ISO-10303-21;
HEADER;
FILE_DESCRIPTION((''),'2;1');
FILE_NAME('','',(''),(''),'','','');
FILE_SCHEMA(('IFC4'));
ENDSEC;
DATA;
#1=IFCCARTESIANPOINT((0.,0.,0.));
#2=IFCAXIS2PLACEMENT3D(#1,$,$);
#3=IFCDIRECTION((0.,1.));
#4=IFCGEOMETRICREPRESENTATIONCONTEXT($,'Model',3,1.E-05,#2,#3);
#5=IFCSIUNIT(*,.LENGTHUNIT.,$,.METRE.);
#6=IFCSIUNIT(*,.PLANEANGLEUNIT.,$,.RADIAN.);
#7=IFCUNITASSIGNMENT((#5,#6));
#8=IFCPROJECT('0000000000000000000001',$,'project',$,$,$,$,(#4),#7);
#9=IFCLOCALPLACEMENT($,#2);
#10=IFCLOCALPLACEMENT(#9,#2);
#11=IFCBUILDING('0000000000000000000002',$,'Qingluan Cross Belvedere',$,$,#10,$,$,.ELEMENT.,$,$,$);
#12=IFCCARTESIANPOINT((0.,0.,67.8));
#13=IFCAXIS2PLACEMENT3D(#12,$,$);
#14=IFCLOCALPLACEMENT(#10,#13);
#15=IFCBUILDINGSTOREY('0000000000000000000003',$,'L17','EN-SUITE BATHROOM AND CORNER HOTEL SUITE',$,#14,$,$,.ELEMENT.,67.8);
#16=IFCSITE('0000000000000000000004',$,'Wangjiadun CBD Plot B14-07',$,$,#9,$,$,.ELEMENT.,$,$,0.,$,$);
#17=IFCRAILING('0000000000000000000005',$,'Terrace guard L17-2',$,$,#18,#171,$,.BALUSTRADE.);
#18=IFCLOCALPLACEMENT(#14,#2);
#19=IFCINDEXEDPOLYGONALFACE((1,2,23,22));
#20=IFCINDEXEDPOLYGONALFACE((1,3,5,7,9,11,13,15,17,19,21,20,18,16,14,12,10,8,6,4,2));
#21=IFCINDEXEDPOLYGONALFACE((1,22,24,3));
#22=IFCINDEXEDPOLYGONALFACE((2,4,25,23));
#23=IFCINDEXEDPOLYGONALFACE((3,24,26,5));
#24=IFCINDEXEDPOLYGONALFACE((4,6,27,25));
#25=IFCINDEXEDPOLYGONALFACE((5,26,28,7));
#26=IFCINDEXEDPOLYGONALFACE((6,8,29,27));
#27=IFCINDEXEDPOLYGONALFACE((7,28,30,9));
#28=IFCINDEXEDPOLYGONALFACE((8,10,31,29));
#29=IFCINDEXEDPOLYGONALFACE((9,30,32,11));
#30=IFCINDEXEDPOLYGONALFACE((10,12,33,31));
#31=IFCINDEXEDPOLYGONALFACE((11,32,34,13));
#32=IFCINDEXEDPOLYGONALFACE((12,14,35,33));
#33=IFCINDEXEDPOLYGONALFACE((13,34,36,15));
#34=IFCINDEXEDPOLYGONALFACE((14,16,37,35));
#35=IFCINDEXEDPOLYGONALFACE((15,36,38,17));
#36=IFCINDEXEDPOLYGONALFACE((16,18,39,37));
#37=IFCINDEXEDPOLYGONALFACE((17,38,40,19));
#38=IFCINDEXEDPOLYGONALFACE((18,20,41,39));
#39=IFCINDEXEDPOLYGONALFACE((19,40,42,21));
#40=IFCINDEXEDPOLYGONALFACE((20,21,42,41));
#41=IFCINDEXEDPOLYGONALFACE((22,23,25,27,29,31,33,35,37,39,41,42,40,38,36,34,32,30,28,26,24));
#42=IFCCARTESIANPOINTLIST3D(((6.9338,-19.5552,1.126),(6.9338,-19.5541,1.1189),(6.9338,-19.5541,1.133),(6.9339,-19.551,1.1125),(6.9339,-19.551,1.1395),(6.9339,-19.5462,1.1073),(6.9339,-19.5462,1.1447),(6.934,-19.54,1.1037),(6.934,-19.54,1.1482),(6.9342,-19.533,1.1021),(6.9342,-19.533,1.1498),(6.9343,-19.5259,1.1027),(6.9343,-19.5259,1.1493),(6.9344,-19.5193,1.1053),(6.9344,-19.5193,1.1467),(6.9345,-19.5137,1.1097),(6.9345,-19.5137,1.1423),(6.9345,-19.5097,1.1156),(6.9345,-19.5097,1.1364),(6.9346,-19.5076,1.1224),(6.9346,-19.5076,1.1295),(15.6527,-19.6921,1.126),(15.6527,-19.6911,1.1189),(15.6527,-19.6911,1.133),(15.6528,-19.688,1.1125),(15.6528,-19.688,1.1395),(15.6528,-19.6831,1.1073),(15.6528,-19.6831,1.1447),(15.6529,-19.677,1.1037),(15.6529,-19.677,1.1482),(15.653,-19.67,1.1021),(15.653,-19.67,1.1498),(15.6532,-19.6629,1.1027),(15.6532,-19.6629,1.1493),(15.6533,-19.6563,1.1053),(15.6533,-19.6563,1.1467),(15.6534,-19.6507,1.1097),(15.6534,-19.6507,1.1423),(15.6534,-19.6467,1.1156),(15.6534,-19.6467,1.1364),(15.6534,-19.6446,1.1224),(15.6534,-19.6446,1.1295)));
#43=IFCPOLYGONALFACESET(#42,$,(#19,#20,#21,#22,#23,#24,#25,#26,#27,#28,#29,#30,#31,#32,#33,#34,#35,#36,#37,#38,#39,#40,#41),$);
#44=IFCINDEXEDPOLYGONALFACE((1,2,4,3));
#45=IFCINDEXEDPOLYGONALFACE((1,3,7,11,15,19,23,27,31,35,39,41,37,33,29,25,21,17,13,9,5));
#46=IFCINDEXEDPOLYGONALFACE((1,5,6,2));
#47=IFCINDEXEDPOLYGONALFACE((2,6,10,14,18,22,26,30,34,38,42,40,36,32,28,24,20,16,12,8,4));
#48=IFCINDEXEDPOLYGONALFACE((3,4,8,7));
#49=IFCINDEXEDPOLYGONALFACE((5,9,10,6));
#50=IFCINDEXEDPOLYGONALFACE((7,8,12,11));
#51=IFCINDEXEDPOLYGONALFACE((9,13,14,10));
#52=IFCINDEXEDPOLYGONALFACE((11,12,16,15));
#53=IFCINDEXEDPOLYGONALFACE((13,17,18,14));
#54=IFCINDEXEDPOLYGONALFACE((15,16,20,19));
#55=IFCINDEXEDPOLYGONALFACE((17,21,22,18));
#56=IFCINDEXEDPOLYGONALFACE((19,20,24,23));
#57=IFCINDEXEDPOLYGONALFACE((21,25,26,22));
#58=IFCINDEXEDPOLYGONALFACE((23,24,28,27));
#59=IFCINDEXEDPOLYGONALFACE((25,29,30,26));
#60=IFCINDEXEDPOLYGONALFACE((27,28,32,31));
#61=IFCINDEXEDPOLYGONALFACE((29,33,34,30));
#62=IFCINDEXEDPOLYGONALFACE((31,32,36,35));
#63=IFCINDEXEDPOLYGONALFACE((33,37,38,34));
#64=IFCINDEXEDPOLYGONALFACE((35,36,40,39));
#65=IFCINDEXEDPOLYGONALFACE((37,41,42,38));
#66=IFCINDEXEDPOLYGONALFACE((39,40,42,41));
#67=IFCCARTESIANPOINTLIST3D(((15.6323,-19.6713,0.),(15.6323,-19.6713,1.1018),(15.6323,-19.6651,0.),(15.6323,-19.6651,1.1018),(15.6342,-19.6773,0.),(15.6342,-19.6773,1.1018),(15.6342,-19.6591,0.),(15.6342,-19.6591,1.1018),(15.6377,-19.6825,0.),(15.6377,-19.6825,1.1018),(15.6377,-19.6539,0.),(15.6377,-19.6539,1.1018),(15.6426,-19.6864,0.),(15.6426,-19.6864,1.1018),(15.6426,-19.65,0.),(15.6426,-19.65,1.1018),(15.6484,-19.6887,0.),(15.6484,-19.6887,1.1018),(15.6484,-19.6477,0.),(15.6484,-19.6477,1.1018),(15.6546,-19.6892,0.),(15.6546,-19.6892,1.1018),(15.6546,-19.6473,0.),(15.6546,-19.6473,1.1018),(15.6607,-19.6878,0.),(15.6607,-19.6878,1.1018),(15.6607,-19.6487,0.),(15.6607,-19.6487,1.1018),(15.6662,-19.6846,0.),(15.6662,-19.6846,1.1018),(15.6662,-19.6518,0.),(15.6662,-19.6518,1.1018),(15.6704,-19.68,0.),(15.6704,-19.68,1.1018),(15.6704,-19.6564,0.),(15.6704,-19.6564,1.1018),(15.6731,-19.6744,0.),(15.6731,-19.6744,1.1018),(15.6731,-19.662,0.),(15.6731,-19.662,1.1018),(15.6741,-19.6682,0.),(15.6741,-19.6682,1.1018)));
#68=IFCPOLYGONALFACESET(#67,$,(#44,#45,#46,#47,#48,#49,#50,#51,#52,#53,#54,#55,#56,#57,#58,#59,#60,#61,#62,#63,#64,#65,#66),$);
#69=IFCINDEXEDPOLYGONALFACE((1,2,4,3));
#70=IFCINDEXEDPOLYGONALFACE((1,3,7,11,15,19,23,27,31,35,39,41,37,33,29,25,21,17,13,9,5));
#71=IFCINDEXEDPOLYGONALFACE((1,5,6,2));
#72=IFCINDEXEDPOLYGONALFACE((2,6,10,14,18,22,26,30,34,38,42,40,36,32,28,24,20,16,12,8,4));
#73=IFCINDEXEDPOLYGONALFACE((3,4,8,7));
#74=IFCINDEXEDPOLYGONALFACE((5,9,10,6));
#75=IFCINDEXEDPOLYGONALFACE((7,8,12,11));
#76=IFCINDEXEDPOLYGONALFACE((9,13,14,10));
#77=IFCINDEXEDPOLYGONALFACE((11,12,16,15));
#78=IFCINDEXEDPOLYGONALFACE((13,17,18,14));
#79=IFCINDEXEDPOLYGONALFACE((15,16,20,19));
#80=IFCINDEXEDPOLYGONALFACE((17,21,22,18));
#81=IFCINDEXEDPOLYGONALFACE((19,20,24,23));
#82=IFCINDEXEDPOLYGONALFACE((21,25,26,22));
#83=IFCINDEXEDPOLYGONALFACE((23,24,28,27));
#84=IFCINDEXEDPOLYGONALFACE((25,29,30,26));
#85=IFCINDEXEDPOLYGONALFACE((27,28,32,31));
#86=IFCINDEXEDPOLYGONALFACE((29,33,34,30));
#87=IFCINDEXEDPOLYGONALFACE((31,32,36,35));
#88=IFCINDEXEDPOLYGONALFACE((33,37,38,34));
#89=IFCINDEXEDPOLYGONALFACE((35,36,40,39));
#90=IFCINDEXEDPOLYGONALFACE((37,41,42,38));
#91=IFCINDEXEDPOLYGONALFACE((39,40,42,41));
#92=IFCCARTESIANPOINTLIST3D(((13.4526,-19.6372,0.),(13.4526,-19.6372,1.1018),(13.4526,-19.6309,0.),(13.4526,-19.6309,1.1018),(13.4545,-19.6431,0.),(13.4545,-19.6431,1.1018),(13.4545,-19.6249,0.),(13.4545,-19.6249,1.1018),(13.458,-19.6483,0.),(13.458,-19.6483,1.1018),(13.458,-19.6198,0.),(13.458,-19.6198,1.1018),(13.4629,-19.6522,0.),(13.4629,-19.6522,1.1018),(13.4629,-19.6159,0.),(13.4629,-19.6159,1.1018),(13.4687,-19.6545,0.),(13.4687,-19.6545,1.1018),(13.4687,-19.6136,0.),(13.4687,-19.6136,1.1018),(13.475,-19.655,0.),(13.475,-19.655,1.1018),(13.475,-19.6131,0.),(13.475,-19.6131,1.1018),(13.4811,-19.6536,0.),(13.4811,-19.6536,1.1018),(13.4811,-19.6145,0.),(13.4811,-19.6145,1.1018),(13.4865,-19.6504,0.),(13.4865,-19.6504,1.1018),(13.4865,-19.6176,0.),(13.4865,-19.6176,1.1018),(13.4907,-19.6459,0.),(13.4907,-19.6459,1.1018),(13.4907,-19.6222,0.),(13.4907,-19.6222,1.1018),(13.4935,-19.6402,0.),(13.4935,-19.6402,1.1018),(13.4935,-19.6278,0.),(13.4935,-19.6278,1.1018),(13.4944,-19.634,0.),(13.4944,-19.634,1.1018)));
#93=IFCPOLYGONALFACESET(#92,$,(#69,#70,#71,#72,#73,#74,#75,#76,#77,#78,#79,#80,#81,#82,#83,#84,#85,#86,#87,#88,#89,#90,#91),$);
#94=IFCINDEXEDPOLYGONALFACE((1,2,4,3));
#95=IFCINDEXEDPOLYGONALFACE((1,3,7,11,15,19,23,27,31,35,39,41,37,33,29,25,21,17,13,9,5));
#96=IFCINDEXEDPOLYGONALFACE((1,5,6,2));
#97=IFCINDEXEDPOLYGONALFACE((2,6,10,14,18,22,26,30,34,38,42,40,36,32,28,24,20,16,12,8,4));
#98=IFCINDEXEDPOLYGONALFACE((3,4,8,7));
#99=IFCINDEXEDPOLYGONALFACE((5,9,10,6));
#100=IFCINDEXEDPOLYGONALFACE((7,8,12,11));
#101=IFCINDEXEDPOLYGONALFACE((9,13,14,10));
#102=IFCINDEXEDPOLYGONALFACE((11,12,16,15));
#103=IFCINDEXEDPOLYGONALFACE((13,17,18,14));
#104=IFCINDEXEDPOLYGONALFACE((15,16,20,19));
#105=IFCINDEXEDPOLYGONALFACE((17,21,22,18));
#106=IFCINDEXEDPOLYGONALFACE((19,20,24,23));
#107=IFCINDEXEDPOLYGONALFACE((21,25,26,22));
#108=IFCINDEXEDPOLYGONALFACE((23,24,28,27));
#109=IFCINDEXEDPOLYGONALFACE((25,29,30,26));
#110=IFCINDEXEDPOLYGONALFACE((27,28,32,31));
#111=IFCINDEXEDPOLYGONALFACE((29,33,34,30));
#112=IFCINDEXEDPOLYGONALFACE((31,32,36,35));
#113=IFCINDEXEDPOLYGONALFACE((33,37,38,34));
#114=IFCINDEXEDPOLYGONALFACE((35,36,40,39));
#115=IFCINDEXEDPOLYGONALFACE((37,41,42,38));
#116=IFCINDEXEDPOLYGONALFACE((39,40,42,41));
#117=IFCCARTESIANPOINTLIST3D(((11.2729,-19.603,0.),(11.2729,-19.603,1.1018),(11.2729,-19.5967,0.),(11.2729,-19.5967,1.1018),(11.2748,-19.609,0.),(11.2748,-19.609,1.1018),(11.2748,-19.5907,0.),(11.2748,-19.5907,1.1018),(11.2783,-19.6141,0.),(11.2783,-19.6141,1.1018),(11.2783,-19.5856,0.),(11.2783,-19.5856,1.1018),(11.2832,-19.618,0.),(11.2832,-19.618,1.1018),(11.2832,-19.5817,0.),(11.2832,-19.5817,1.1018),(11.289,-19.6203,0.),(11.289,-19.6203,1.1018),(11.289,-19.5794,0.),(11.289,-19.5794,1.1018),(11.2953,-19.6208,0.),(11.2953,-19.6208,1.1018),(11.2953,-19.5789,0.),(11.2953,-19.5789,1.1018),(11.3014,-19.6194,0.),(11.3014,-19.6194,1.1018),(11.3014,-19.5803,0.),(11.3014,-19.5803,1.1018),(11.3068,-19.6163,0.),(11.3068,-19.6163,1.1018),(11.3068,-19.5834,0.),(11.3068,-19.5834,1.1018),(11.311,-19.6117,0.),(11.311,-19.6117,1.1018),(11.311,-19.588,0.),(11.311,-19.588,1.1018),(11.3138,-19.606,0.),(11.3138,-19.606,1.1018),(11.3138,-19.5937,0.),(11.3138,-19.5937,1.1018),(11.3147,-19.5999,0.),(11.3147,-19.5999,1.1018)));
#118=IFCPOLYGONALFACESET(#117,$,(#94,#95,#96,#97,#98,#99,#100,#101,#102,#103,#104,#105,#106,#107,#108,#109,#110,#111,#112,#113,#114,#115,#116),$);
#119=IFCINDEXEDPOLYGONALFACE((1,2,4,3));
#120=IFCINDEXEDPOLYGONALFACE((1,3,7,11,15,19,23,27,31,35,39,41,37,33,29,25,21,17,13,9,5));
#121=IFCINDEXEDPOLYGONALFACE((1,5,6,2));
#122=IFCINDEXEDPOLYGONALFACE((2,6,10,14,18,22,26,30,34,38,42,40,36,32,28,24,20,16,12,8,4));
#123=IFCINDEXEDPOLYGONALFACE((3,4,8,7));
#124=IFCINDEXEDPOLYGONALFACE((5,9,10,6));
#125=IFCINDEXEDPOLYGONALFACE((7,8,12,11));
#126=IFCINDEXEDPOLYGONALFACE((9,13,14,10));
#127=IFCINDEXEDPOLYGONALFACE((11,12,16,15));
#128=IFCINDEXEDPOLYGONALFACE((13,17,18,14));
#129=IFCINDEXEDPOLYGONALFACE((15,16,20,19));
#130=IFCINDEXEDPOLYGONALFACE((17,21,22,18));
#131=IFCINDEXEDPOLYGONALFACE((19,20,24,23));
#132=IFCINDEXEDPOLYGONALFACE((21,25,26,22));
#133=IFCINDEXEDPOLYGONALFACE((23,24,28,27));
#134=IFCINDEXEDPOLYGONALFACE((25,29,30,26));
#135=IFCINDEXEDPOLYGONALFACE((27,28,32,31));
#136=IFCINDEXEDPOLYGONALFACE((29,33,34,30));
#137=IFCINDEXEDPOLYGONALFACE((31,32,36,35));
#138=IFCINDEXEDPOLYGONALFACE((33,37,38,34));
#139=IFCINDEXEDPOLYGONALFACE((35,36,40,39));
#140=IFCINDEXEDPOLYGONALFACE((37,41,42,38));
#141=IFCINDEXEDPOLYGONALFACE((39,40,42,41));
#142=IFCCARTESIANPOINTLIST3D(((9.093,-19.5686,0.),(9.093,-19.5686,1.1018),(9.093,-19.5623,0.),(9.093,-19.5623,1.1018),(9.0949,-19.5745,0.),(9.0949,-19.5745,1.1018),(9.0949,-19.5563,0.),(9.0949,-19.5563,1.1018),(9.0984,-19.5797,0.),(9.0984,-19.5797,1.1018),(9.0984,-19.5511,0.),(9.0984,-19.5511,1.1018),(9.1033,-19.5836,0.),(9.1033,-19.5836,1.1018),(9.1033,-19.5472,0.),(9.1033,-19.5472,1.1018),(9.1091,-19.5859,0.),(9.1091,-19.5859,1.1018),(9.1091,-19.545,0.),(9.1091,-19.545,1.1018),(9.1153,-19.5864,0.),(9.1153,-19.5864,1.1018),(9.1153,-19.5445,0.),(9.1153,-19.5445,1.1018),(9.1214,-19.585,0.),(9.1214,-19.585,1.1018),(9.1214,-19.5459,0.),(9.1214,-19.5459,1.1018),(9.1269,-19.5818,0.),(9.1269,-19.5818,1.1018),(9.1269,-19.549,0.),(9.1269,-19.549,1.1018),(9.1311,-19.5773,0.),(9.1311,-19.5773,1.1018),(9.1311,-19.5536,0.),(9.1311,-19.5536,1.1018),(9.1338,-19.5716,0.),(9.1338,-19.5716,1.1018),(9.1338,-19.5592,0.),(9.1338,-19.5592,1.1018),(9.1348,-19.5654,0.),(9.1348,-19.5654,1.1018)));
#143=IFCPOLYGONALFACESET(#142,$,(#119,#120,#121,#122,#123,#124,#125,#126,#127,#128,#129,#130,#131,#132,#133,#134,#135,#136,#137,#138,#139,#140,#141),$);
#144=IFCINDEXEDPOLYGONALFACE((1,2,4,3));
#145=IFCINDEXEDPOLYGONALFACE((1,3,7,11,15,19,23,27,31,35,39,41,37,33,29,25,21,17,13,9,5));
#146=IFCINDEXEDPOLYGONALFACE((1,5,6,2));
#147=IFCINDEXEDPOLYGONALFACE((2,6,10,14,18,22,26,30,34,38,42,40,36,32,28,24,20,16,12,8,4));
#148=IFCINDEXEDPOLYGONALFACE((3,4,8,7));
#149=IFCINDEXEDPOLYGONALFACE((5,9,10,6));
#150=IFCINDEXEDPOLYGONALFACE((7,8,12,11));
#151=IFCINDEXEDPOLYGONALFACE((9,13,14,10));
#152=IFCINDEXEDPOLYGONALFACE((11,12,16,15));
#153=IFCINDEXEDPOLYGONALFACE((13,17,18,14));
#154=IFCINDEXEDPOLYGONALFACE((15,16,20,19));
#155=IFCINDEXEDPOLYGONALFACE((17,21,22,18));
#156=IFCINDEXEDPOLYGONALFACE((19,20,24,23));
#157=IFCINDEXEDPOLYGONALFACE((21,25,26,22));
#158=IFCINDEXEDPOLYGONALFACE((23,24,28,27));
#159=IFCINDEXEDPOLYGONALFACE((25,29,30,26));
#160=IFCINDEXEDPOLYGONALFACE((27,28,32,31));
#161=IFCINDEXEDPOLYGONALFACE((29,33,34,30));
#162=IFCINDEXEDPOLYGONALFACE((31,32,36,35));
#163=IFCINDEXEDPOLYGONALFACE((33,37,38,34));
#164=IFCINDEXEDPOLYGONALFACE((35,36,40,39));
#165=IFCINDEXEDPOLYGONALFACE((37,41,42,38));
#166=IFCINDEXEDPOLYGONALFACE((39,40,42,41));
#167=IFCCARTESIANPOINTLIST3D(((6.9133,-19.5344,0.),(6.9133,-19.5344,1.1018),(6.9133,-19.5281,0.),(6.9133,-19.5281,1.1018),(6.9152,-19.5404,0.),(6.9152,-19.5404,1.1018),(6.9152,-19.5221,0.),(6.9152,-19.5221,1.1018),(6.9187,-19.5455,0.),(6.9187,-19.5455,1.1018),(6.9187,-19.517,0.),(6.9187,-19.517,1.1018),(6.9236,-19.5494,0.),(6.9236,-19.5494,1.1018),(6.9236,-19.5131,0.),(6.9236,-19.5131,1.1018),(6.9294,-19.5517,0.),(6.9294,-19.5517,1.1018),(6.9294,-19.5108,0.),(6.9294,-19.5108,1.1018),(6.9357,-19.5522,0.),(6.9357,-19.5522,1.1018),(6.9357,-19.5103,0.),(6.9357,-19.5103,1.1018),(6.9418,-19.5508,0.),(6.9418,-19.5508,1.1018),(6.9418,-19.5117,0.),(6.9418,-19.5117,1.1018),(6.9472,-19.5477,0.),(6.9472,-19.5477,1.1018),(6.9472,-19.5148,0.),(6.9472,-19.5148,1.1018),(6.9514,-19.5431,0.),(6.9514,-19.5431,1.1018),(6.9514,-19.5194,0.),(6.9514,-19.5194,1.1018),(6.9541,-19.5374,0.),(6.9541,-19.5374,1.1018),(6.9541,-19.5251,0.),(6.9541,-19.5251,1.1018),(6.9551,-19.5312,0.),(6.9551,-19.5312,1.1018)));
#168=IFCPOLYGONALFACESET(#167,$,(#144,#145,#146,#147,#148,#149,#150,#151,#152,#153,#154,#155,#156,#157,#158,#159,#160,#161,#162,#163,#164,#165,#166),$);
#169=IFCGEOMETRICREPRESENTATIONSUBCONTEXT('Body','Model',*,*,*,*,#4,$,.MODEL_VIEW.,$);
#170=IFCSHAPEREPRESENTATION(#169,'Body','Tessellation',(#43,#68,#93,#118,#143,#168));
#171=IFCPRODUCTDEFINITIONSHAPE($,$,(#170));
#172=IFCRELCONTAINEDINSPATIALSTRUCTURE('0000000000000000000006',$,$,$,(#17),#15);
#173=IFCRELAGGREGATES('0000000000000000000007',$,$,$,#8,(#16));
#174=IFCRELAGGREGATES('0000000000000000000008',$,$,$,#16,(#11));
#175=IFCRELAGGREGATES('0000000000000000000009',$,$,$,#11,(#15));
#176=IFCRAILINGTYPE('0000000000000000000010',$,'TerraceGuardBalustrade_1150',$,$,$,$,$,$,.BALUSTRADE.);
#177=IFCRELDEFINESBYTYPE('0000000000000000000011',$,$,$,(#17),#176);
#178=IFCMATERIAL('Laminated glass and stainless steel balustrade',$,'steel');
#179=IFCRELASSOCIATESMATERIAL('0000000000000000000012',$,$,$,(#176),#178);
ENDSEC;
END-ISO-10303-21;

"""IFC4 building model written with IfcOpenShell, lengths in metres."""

from ifc_helpers import new_model, si_unit, direction, frame, origin, origin_2d, place, context, subcontext, project, spatial, circle, extrude, material, type_object, element, save


model = new_model("IFC4")

# Units and contexts
model_context = context("Model", 3, precision=1e-05, world=origin(), true_north=direction((0.0, 1.0)))
body_context = subcontext(model_context, "Body", "Model", "MODEL_VIEW")
ifc_project = project(units=[si_unit("LENGTHUNIT", "METRE"), si_unit("PLANEANGLEUNIT", "RADIAN")], contexts=[model_context])

# Site, building, storey
site_placement = place(None, origin())
site = spatial("IfcSite", under=ifc_project, at=site_placement, Name="Wangjiadun CBD Plot B14-07", CompositionType="ELEMENT", RefElevation=0.0)
building_placement = place(site_placement, origin())
building = spatial("IfcBuilding", under=site, at=building_placement, Name="Qingluan Cross Belvedere", CompositionType="ELEMENT")
storey_placement = place(building_placement, frame((0.0, 0.0, 67.8)))
storey = spatial("IfcBuildingStorey", under=building, at=storey_placement, Name="L17", Description="EN-SUITE BATHROOM AND CORNER HOTEL SUITE", CompositionType="ELEMENT", Elevation=67.8)

# Railing
ifc_material_1 = material(Name="Laminated glass and stainless steel balustrade", Category="steel")
railing_type = type_object("IfcRailingType", Name="TerraceGuardBalustrade_1150", PredefinedType="BALUSTRADE", material=ifc_material_1)
railing_1_placement = place(storey_placement, frame((15.6531, -19.6682, 0.0)))
element("IfcRailing", 1, at=railing_1_placement, inside=storey, type_object=railing_type, Name="Terrace guard L17-2", PredefinedType="BALUSTRADE", context=body_context, shape_type="SweptSolid", body=[
    extrude(circle(Radius=0.0239, at=origin_2d()), frame((0.0, 0.0, 1.126), z_axis=(-0.999877, 0.015707, 0.0), x_axis=(-0.015707, -0.999877, 0.0)), (0.0, 0.0, 1.0), 8.72),
    extrude(circle(Radius=0.021, at=origin_2d()), origin(), (0.0, 0.0, 1.0), 1.1018),
    extrude(circle(Radius=0.021, at=origin_2d()), frame((-2.1797, 0.0342, 0.0)), (0.0, 0.0, 1.0), 1.1018),
    extrude(circle(Radius=0.021, at=origin_2d()), frame((-4.3594, 0.0684, 0.0)), (0.0, 0.0, 1.0), 1.1018),
    extrude(circle(Radius=0.021, at=origin_2d()), frame((-6.5393, 0.1028, 0.0)), (0.0, 0.0, 1.0), 1.1018),
    extrude(circle(Radius=0.021, at=origin_2d()), frame((-8.719, 0.137, 0.0)), (0.0, 0.0, 1.0), 1.1018),
])

save(model, "model.ifc")
